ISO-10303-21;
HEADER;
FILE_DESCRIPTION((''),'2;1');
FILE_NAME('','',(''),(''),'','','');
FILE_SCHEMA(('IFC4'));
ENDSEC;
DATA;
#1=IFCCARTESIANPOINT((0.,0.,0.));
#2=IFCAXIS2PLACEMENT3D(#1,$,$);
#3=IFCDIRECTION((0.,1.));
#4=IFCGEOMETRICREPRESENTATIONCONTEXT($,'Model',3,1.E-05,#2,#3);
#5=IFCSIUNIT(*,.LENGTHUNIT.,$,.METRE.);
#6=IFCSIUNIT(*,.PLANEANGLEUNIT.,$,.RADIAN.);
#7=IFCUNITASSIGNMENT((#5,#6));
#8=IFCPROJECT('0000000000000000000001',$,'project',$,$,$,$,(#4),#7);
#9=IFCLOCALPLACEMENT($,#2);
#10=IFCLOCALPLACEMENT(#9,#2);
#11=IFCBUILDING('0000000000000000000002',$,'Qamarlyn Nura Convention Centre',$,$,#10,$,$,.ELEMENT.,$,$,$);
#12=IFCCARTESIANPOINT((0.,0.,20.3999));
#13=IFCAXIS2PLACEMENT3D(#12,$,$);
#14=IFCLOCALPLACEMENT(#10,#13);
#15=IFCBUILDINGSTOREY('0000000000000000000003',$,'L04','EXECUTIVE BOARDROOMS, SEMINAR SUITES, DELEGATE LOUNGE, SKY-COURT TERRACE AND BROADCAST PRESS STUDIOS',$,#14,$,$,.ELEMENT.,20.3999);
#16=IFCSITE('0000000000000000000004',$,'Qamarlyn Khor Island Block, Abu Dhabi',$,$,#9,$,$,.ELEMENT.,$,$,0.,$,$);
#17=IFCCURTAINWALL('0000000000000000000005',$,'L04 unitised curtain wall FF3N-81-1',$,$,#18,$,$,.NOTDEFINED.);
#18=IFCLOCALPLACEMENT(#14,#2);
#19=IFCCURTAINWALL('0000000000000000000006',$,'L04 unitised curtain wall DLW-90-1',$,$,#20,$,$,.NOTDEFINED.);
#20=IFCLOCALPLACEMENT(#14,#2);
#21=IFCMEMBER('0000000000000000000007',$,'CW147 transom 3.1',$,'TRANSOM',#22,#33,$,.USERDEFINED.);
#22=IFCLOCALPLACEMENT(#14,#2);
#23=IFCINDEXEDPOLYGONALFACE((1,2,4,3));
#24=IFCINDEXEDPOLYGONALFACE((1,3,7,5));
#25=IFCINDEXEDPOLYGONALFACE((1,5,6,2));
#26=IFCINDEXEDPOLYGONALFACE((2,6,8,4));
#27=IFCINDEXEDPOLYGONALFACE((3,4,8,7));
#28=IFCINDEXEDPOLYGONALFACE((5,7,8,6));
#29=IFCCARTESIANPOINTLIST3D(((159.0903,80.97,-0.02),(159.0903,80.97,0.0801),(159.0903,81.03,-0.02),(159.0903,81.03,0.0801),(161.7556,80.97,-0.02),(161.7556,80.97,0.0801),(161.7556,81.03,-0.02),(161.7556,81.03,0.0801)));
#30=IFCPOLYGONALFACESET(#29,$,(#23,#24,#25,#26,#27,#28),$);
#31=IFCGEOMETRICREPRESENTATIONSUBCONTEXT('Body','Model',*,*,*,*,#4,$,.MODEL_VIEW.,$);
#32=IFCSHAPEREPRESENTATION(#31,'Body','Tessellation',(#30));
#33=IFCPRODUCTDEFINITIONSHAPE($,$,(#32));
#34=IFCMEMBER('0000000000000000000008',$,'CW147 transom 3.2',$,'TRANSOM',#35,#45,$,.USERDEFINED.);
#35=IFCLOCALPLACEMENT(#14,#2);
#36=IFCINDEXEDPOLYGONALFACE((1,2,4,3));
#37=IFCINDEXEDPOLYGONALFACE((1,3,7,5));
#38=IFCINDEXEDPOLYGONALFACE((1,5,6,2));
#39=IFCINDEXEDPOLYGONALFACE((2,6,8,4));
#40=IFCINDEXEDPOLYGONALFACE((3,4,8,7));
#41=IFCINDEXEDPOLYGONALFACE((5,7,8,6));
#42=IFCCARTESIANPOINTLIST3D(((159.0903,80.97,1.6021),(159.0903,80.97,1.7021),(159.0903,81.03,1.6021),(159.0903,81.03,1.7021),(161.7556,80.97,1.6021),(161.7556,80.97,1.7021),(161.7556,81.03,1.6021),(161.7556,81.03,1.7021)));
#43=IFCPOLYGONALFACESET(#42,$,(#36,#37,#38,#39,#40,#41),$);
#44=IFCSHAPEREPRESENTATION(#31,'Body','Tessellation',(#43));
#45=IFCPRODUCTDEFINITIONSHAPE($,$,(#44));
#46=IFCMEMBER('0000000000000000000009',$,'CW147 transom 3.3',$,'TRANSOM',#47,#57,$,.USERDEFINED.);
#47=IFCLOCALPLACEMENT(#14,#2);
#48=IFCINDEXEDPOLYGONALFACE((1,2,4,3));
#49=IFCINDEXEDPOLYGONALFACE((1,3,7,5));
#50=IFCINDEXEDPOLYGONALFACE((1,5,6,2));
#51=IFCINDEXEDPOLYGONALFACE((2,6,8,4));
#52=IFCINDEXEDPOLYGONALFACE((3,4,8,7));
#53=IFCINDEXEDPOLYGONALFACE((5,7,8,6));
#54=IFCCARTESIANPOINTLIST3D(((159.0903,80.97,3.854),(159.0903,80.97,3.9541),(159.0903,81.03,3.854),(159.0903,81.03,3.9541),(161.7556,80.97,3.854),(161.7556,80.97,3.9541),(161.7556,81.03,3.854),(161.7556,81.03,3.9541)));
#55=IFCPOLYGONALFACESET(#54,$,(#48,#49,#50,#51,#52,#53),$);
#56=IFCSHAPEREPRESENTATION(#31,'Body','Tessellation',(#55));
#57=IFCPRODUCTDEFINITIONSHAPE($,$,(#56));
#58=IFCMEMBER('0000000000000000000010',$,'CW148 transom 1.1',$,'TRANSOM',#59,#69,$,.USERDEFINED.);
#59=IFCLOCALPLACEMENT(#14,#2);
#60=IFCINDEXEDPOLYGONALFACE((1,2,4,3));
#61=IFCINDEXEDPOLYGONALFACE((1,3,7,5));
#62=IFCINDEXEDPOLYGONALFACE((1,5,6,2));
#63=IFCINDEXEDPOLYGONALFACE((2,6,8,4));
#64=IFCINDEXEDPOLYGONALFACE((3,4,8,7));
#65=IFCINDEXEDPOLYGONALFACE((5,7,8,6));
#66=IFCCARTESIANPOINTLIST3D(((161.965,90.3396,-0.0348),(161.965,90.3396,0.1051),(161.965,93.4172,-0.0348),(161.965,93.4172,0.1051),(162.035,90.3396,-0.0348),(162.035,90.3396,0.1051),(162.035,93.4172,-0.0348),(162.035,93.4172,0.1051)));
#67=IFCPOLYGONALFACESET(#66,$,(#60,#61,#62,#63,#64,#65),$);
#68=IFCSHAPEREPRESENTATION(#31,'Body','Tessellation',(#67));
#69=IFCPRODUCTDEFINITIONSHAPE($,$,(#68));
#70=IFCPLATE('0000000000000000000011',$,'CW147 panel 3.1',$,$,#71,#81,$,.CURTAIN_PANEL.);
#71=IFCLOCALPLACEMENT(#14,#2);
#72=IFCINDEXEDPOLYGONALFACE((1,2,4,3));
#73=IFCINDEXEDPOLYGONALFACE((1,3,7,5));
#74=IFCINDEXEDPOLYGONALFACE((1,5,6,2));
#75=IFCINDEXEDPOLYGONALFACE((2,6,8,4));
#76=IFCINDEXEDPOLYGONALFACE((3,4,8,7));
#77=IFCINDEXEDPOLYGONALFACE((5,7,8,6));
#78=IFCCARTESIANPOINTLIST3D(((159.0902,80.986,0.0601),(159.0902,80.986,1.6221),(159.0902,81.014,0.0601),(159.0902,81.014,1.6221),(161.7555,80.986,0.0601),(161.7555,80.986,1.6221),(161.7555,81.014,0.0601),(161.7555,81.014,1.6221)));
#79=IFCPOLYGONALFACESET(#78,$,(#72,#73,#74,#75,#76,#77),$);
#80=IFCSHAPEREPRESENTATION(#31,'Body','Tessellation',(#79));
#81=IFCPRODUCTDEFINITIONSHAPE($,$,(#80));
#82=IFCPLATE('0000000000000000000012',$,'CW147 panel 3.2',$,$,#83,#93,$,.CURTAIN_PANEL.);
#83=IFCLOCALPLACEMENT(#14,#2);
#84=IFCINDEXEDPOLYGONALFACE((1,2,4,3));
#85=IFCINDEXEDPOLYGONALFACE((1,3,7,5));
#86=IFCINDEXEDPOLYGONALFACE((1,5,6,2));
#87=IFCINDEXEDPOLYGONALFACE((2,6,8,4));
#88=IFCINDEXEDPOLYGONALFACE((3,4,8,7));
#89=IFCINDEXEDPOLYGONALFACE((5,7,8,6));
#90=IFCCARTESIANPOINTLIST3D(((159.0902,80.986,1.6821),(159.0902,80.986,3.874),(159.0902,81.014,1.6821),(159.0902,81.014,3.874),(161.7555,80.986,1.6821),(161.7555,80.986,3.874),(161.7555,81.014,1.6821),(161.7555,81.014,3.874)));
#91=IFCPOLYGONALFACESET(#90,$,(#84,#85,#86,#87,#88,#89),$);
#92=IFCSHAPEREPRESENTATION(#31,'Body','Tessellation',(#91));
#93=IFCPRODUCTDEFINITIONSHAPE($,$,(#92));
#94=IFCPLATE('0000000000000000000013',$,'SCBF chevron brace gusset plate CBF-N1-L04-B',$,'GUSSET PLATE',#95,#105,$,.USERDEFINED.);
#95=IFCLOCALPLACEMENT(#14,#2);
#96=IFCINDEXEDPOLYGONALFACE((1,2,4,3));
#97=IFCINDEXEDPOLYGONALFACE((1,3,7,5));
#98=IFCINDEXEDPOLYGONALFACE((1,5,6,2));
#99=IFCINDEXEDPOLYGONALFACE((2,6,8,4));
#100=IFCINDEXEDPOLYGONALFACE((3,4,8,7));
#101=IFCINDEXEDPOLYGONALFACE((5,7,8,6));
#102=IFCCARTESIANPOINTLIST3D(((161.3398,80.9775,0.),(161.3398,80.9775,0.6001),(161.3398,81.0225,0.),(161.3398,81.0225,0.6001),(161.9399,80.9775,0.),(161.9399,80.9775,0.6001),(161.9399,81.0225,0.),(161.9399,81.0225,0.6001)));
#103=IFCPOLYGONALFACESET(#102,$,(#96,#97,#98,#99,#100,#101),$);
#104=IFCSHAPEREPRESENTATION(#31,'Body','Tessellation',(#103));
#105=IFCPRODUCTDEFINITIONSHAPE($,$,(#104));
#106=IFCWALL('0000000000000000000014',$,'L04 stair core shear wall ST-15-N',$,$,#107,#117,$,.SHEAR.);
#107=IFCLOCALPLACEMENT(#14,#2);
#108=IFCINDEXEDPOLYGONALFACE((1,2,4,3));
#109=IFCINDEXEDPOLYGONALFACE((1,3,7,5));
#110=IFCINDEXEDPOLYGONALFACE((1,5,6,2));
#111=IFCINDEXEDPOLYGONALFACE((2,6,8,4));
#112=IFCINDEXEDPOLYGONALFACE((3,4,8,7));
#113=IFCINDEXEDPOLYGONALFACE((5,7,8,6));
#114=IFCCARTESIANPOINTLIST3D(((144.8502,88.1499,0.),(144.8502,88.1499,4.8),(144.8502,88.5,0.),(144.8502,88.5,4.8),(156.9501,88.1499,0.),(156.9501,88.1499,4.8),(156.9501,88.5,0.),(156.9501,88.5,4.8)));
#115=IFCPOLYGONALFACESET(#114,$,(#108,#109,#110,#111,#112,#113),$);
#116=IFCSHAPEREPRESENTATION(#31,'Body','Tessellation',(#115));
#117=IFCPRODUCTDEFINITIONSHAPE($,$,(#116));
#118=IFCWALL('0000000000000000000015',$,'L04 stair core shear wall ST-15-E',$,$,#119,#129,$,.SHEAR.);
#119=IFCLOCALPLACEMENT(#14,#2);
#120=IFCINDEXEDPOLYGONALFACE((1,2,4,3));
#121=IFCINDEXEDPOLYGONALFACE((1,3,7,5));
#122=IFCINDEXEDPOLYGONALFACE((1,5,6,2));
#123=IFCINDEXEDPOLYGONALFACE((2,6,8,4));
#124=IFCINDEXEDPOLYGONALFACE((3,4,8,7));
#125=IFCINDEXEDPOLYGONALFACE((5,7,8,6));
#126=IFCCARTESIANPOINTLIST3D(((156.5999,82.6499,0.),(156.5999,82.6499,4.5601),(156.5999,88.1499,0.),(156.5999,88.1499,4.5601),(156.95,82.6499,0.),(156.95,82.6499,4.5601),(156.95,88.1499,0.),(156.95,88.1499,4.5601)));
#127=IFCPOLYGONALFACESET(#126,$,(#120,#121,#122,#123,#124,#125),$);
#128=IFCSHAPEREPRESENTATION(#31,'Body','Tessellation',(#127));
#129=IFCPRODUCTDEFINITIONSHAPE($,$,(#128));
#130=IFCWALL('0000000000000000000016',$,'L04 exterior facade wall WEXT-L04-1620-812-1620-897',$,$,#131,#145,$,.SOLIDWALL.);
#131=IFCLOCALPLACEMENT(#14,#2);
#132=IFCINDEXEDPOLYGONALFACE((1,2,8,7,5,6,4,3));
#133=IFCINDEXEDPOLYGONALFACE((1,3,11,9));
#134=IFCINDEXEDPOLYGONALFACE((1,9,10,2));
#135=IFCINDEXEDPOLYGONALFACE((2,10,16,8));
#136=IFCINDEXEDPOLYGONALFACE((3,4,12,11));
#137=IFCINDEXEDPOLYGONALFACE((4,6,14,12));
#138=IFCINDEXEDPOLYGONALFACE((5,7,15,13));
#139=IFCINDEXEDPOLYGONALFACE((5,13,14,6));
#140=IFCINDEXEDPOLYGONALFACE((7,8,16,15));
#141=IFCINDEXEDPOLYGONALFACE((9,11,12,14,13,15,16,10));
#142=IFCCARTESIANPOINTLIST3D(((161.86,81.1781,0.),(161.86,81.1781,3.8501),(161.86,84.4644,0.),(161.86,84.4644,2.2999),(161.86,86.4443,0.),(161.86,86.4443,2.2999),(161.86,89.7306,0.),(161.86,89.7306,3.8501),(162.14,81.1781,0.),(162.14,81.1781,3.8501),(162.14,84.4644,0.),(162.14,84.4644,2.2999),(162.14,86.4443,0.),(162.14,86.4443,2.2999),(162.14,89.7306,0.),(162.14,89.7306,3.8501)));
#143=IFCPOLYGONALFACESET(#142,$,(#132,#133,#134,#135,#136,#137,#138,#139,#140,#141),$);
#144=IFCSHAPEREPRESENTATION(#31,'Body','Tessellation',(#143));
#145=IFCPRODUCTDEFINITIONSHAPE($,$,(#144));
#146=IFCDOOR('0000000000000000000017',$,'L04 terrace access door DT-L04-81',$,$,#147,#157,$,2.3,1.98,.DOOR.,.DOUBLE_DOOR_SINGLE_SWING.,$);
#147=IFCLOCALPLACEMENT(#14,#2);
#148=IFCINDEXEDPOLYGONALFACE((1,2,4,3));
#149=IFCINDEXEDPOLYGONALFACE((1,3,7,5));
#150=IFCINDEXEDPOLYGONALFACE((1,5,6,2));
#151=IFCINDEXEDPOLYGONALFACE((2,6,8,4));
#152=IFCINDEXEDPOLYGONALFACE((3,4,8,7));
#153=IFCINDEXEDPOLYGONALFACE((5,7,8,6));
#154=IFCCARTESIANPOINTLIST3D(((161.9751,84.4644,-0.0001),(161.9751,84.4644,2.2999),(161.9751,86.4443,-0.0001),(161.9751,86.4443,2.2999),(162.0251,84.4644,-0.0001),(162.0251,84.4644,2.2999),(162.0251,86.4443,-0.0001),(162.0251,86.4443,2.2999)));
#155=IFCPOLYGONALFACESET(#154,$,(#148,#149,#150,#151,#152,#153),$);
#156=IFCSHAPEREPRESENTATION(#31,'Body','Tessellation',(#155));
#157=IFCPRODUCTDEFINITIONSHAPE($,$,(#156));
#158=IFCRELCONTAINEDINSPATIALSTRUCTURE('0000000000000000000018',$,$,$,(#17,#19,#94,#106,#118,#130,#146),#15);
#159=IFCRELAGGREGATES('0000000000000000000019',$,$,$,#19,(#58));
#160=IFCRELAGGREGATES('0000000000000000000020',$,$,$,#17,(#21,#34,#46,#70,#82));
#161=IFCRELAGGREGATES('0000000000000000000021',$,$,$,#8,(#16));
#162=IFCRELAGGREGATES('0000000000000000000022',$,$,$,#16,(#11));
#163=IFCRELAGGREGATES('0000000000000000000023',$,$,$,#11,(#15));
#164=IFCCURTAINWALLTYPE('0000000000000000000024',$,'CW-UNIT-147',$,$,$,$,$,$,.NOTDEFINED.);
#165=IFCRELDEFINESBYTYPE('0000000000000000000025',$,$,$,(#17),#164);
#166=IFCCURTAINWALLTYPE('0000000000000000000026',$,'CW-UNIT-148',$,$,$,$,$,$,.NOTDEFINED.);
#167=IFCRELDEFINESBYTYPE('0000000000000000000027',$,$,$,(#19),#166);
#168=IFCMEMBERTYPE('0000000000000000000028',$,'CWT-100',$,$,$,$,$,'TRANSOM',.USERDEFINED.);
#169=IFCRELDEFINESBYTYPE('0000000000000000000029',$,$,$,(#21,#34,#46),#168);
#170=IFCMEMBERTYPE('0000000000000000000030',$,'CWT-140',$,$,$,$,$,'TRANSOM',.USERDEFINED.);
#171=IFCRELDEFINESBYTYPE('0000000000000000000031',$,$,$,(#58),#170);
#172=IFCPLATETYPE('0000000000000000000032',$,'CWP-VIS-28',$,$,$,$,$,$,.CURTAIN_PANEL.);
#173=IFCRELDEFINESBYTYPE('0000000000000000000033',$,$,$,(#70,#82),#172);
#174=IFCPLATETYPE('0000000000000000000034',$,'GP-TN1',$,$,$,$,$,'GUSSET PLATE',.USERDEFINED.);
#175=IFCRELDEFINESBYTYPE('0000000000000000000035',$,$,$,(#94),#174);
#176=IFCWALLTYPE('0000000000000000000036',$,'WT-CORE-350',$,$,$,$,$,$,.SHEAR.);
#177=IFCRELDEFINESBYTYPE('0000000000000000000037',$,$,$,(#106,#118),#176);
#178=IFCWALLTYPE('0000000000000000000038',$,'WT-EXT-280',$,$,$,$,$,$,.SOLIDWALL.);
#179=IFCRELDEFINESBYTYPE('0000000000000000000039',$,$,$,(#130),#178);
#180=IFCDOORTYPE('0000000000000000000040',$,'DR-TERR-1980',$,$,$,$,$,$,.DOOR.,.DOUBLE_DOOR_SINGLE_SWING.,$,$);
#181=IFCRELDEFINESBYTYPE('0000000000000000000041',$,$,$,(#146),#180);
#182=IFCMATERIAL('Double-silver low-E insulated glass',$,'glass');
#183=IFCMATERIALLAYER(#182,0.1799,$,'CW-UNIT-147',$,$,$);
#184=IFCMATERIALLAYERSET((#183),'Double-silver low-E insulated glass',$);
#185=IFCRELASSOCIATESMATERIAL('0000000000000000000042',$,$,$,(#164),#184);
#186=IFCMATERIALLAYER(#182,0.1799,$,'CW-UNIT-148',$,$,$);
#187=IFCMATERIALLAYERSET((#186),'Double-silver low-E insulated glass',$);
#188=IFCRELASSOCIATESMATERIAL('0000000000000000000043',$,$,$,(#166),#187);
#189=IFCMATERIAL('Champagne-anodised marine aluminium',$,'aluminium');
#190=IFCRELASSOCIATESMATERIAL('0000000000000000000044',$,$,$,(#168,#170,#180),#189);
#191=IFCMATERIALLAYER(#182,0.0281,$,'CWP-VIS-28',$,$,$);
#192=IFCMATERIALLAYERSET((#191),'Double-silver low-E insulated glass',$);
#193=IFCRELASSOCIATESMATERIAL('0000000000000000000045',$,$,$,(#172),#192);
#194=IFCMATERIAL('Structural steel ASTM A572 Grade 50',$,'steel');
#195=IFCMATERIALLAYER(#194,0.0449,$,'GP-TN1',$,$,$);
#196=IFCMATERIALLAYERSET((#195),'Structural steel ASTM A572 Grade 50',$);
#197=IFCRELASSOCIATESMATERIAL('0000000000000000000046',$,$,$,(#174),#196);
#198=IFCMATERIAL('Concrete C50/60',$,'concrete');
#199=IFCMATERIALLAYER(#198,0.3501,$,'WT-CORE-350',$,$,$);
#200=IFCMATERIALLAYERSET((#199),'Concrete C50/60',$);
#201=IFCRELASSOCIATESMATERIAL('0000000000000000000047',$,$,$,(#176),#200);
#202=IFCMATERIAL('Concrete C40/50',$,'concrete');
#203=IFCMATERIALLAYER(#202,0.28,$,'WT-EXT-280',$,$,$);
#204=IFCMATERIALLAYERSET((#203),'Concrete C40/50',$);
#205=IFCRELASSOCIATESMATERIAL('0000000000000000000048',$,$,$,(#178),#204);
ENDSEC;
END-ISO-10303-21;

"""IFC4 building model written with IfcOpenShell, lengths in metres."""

from ifc_helpers import new_model, si_unit, direction, frame, frame_2d, origin, origin_2d, place, context, subcontext, project, spatial, rectangle, extrude, material, layer, layer_set, material_profile, profile_set, type_object, element, fill, aggregate, save


model = new_model("IFC4")

# Units and contexts
model_context = context("Model", 3, precision=1e-05, world=origin(), true_north=direction((0.0, 1.0)))
body_context = subcontext(model_context, "Body", "Model", "MODEL_VIEW")
ifc_project = project(units=[si_unit("LENGTHUNIT", "METRE"), si_unit("PLANEANGLEUNIT", "RADIAN")], contexts=[model_context])

# Site, building, storey
site_placement = place(None, origin())
site = spatial("IfcSite", under=ifc_project, at=site_placement, Name="Qamarlyn Khor Island Block, Abu Dhabi", CompositionType="ELEMENT", RefElevation=0.0)
building_placement = place(site_placement, origin())
building = spatial("IfcBuilding", under=site, at=building_placement, Name="Qamarlyn Nura Convention Centre", CompositionType="ELEMENT")
storey_placement = place(building_placement, frame((0.0, 0.0, 20.3999)))
storey = spatial("IfcBuildingStorey", under=building, at=storey_placement, Name="L04", Description="EXECUTIVE BOARDROOMS, SEMINAR SUITES, DELEGATE LOUNGE, SKY-COURT TERRACE AND BROADCAST PRESS STUDIOS", CompositionType="ELEMENT", Elevation=20.3999)

# Curtain walls
ifc_material_1 = material(Name="Double-silver low-E insulated glass", Category="glass")
ifc_layer_1 = layer(ifc_material_1, 0.1799, Name="CW-UNIT-147")
ifc_layer_set_1 = layer_set([ifc_layer_1], Name="Double-silver low-E insulated glass")
curtain_wall_type_1 = type_object("IfcCurtainWallType", Name="CW-UNIT-147", PredefinedType="NOTDEFINED", material=ifc_layer_set_1)
curtain_wall_1_placement = place(storey_placement, origin())
curtain_wall_1 = element("IfcCurtainWall", 1, at=curtain_wall_1_placement, inside=storey, type_object=curtain_wall_type_1, Name="L04 unitised curtain wall FF3N-81-1", PredefinedType="NOTDEFINED")
ifc_material_2 = material(Name="Champagne-anodised marine aluminium", Category="aluminium")
ifc_layer_2 = layer(ifc_material_1, 0.1799, Name="CW-UNIT-148")
ifc_layer_set_2 = layer_set([ifc_layer_2], Name="Double-silver low-E insulated glass")
curtain_wall_type_2 = type_object("IfcCurtainWallType", Name="CW-UNIT-148", PredefinedType="NOTDEFINED", material=ifc_layer_set_2)
curtain_wall_2_placement = place(storey_placement, origin())
curtain_wall_2 = element("IfcCurtainWall", 2, at=curtain_wall_2_placement, inside=storey, type_object=curtain_wall_type_2, Name="L04 unitised curtain wall DLW-90-1", PredefinedType="NOTDEFINED")

# Members
ifc_material_profile_1 = material_profile(ifc_material_2, rectangle(XDim=0.0601, YDim=0.1001, at=origin_2d()), Name="ALU TRANSOM 60x100")
ifc_profile_set_1 = profile_set([ifc_material_profile_1], Name="Champagne-anodised marine aluminium")
member_type_1 = type_object("IfcMemberType", Name="CWT-100", ElementType="TRANSOM", PredefinedType="USERDEFINED", material=ifc_profile_set_1)
member_1_placement = place(storey_placement, frame((159.0903, 81.0, 0.03), z_axis=(1.0, 0.0, 0.0), x_axis=(0.0, 1.0, 0.0)))
member_1 = element("IfcMember", 3, at=member_1_placement, type_object=member_type_1, Name="CW147 transom 3.1", ObjectType="TRANSOM", PredefinedType="USERDEFINED", context=body_context, shape_type="SweptSolid", body=[
    extrude(rectangle(XDim=0.0601, YDim=0.1001, at=origin_2d()), origin(), (0.0, 0.0, 1.0), 2.6653),
])
member_2_placement = place(storey_placement, frame((159.0903, 81.0, 1.6521), z_axis=(1.0, 0.0, 0.0), x_axis=(0.0, 1.0, 0.0)))
member_2 = element("IfcMember", 4, at=member_2_placement, type_object=member_type_1, Name="CW147 transom 3.2", ObjectType="TRANSOM", PredefinedType="USERDEFINED", context=body_context, shape_type="SweptSolid", body=[
    extrude(rectangle(XDim=0.0601, YDim=0.1001, at=origin_2d()), origin(), (0.0, 0.0, 1.0), 2.6653),
])
member_3_placement = place(storey_placement, frame((159.0903, 81.0, 3.9041), z_axis=(1.0, 0.0, 0.0), x_axis=(0.0, 1.0, 0.0)))
member_3 = element("IfcMember", 5, at=member_3_placement, type_object=member_type_1, Name="CW147 transom 3.3", ObjectType="TRANSOM", PredefinedType="USERDEFINED", context=body_context, shape_type="SweptSolid", body=[
    extrude(rectangle(XDim=0.0601, YDim=0.1001, at=origin_2d()), origin(), (0.0, 0.0, 1.0), 2.6653),
])
ifc_material_profile_2 = material_profile(ifc_material_2, rectangle(XDim=0.0701, YDim=0.1399, at=origin_2d()), Name="ALU TRANSOM 70x140")
ifc_profile_set_2 = profile_set([ifc_material_profile_2], Name="Champagne-anodised marine aluminium")
member_type_2 = type_object("IfcMemberType", Name="CWT-140", ElementType="TRANSOM", PredefinedType="USERDEFINED", material=ifc_profile_set_2)
member_4_placement = place(storey_placement, frame((162.0, 90.3396, 0.0352), z_axis=(0.0, 1.0, 0.0), x_axis=(-1.0, 0.0, 0.0)))
member_4 = element("IfcMember", 6, at=member_4_placement, type_object=member_type_2, Name="CW148 transom 1.1", ObjectType="TRANSOM", PredefinedType="USERDEFINED", context=body_context, shape_type="SweptSolid", body=[
    extrude(rectangle(XDim=0.0701, YDim=0.1399, at=origin_2d()), origin(), (0.0, 0.0, 1.0), 3.0776),
])
aggregate(curtain_wall_2, [member_4])

# Plates
ifc_layer_3 = layer(ifc_material_1, 0.0281, Name="CWP-VIS-28")
ifc_layer_set_3 = layer_set([ifc_layer_3], Name="Double-silver low-E insulated glass")
plate_type_1 = type_object("IfcPlateType", Name="CWP-VIS-28", PredefinedType="CURTAIN_PANEL", material=ifc_layer_set_3)
plate_1_placement = place(storey_placement, frame((160.4229, 81.0, 0.0601), z_axis=(0.0, 0.0, 1.0), x_axis=(1.0, 0.0, 0.0)))
plate_1 = element("IfcPlate", 7, at=plate_1_placement, type_object=plate_type_1, Name="CW147 panel 3.1", PredefinedType="CURTAIN_PANEL", context=body_context, shape_type="SweptSolid", body=[
    extrude(rectangle(XDim=2.6653, YDim=0.0281, at=origin_2d()), origin(), (0.0, 0.0, 1.0), 1.562),
])
plate_2_placement = place(storey_placement, frame((160.4229, 81.0, 1.6821), z_axis=(0.0, 0.0, 1.0), x_axis=(1.0, 0.0, 0.0)))
plate_2 = element("IfcPlate", 8, at=plate_2_placement, type_object=plate_type_1, Name="CW147 panel 3.2", PredefinedType="CURTAIN_PANEL", context=body_context, shape_type="SweptSolid", body=[
    extrude(rectangle(XDim=2.6653, YDim=0.0281, at=origin_2d()), origin(), (0.0, 0.0, 1.0), 2.1919),
])
aggregate(curtain_wall_1, [member_1, member_2, member_3, plate_1, plate_2])
ifc_material_3 = material(Name="Structural steel ASTM A572 Grade 50", Category="steel")
ifc_layer_4 = layer(ifc_material_3, 0.0449, Name="GP-TN1")
ifc_layer_set_4 = layer_set([ifc_layer_4], Name="Structural steel ASTM A572 Grade 50")
plate_type_2 = type_object("IfcPlateType", Name="GP-TN1", ElementType="GUSSET PLATE", PredefinedType="USERDEFINED", material=ifc_layer_set_4)
plate_3_placement = place(storey_placement, frame((161.6399, 81.0, 0.0), z_axis=(0.0, 0.0, 1.0), x_axis=(1.0, 0.0, 0.0)))
element("IfcPlate", 9, at=plate_3_placement, inside=storey, type_object=plate_type_2, Name="SCBF chevron brace gusset plate CBF-N1-L04-B", ObjectType="GUSSET PLATE", PredefinedType="USERDEFINED", context=body_context, shape_type="SweptSolid", body=[
    extrude(rectangle(XDim=0.6001, YDim=0.0449, at=origin_2d()), origin(), (0.0, 0.0, 1.0), 0.6001),
])

# Walls
ifc_material_4 = material(Name="Concrete C50/60", Category="concrete")
ifc_layer_5 = layer(ifc_material_4, 0.3501, Name="WT-CORE-350")
ifc_layer_set_5 = layer_set([ifc_layer_5], Name="Concrete C50/60")
wall_type_1 = type_object("IfcWallType", Name="WT-CORE-350", PredefinedType="SHEAR", material=ifc_layer_set_5)
wall_1_placement = place(storey_placement, frame((156.95, 88.325, 0.0), z_axis=(0.0, 0.0, 1.0), x_axis=(-1.0, 0.0, 0.0)))
element("IfcWall", 10, at=wall_1_placement, inside=storey, type_object=wall_type_1, Name="L04 stair core shear wall ST-15-N", PredefinedType="SHEAR", context=body_context, shape_type="SweptSolid", body=[
    extrude(rectangle(XDim=12.0999, YDim=0.3501, at=frame_2d((6.0498, 0.0))), origin(), (0.0, 0.0, 1.0), 4.8),
])
wall_2_placement = place(storey_placement, frame((156.7749, 82.6499, 0.0), z_axis=(0.0, 0.0, 1.0), x_axis=(0.0, 1.0, 0.0)))
element("IfcWall", 11, at=wall_2_placement, inside=storey, type_object=wall_type_1, Name="L04 stair core shear wall ST-15-E", PredefinedType="SHEAR", context=body_context, shape_type="SweptSolid", body=[
    extrude(rectangle(XDim=5.5, YDim=0.3501, at=frame_2d((2.75, 0.0))), origin(), (0.0, 0.0, 1.0), 4.5601),
])

# Wall, opening, door
ifc_material_5 = material(Name="Concrete C40/50", Category="concrete")
ifc_layer_6 = layer(ifc_material_5, 0.28, Name="WT-EXT-280")
ifc_layer_set_6 = layer_set([ifc_layer_6], Name="Concrete C40/50")
wall_type_2 = type_object("IfcWallType", Name="WT-EXT-280", PredefinedType="SOLIDWALL", material=ifc_layer_set_6)
wall_3_placement = place(storey_placement, frame((162.0, 81.178, 0.0), z_axis=(0.0, 0.0, 1.0), x_axis=(0.0, 1.0, 0.0)))
wall_3 = element("IfcWall", 12, at=wall_3_placement, inside=storey, type_object=wall_type_2, Name="L04 exterior facade wall WEXT-L04-1620-812-1620-897", PredefinedType="SOLIDWALL", context=body_context, shape_type="SweptSolid", body=[
    extrude(rectangle(XDim=8.5525, YDim=0.28, at=frame_2d((4.2764, 0.0))), origin(), (0.0, 0.0, 1.0), 3.8501),
])
opening_1_placement = place(wall_3_placement, frame((3.2864, 0.0, 0.0)))
opening_1 = element("IfcOpeningElement", 13, at=opening_1_placement, cuts=wall_3, PredefinedType="OPENING", context=body_context, shape_type="SweptSolid", body=[
    extrude(rectangle(XDim=1.98, YDim=2.3, at=frame_2d((0.99, 1.1499))), frame((0.0, 0.1499, 0.0), z_axis=(0.0, -1.0, 0.0), x_axis=(1.0, 0.0, 0.0)), (0.0, 0.0, 1.0), 0.3),
])
door_type_1 = type_object("IfcDoorType", Name="DR-TERR-1980", OperationType="DOUBLE_DOOR_SINGLE_SWING", PredefinedType="DOOR", material=ifc_material_2)
door_1_placement = place(opening_1_placement, origin())
door_1 = element("IfcDoor", 14, at=door_1_placement, inside=storey, type_object=door_type_1, Name="L04 terrace access door DT-L04-81", OperationType="DOUBLE_DOOR_SINGLE_SWING", OverallHeight=2.3, OverallWidth=1.98, PredefinedType="DOOR", context=body_context, shape_type="SweptSolid", body=[
    extrude(rectangle(XDim=1.98, YDim=2.3, at=frame_2d((0.99, 1.1499))), frame((0.0, 0.0249, 0.0), z_axis=(0.0, -1.0, 0.0), x_axis=(1.0, 0.0, 0.0)), (0.0, 0.0, 1.0), 0.05),
])
fill(opening_1, door_1)

save(model, "model.ifc")
